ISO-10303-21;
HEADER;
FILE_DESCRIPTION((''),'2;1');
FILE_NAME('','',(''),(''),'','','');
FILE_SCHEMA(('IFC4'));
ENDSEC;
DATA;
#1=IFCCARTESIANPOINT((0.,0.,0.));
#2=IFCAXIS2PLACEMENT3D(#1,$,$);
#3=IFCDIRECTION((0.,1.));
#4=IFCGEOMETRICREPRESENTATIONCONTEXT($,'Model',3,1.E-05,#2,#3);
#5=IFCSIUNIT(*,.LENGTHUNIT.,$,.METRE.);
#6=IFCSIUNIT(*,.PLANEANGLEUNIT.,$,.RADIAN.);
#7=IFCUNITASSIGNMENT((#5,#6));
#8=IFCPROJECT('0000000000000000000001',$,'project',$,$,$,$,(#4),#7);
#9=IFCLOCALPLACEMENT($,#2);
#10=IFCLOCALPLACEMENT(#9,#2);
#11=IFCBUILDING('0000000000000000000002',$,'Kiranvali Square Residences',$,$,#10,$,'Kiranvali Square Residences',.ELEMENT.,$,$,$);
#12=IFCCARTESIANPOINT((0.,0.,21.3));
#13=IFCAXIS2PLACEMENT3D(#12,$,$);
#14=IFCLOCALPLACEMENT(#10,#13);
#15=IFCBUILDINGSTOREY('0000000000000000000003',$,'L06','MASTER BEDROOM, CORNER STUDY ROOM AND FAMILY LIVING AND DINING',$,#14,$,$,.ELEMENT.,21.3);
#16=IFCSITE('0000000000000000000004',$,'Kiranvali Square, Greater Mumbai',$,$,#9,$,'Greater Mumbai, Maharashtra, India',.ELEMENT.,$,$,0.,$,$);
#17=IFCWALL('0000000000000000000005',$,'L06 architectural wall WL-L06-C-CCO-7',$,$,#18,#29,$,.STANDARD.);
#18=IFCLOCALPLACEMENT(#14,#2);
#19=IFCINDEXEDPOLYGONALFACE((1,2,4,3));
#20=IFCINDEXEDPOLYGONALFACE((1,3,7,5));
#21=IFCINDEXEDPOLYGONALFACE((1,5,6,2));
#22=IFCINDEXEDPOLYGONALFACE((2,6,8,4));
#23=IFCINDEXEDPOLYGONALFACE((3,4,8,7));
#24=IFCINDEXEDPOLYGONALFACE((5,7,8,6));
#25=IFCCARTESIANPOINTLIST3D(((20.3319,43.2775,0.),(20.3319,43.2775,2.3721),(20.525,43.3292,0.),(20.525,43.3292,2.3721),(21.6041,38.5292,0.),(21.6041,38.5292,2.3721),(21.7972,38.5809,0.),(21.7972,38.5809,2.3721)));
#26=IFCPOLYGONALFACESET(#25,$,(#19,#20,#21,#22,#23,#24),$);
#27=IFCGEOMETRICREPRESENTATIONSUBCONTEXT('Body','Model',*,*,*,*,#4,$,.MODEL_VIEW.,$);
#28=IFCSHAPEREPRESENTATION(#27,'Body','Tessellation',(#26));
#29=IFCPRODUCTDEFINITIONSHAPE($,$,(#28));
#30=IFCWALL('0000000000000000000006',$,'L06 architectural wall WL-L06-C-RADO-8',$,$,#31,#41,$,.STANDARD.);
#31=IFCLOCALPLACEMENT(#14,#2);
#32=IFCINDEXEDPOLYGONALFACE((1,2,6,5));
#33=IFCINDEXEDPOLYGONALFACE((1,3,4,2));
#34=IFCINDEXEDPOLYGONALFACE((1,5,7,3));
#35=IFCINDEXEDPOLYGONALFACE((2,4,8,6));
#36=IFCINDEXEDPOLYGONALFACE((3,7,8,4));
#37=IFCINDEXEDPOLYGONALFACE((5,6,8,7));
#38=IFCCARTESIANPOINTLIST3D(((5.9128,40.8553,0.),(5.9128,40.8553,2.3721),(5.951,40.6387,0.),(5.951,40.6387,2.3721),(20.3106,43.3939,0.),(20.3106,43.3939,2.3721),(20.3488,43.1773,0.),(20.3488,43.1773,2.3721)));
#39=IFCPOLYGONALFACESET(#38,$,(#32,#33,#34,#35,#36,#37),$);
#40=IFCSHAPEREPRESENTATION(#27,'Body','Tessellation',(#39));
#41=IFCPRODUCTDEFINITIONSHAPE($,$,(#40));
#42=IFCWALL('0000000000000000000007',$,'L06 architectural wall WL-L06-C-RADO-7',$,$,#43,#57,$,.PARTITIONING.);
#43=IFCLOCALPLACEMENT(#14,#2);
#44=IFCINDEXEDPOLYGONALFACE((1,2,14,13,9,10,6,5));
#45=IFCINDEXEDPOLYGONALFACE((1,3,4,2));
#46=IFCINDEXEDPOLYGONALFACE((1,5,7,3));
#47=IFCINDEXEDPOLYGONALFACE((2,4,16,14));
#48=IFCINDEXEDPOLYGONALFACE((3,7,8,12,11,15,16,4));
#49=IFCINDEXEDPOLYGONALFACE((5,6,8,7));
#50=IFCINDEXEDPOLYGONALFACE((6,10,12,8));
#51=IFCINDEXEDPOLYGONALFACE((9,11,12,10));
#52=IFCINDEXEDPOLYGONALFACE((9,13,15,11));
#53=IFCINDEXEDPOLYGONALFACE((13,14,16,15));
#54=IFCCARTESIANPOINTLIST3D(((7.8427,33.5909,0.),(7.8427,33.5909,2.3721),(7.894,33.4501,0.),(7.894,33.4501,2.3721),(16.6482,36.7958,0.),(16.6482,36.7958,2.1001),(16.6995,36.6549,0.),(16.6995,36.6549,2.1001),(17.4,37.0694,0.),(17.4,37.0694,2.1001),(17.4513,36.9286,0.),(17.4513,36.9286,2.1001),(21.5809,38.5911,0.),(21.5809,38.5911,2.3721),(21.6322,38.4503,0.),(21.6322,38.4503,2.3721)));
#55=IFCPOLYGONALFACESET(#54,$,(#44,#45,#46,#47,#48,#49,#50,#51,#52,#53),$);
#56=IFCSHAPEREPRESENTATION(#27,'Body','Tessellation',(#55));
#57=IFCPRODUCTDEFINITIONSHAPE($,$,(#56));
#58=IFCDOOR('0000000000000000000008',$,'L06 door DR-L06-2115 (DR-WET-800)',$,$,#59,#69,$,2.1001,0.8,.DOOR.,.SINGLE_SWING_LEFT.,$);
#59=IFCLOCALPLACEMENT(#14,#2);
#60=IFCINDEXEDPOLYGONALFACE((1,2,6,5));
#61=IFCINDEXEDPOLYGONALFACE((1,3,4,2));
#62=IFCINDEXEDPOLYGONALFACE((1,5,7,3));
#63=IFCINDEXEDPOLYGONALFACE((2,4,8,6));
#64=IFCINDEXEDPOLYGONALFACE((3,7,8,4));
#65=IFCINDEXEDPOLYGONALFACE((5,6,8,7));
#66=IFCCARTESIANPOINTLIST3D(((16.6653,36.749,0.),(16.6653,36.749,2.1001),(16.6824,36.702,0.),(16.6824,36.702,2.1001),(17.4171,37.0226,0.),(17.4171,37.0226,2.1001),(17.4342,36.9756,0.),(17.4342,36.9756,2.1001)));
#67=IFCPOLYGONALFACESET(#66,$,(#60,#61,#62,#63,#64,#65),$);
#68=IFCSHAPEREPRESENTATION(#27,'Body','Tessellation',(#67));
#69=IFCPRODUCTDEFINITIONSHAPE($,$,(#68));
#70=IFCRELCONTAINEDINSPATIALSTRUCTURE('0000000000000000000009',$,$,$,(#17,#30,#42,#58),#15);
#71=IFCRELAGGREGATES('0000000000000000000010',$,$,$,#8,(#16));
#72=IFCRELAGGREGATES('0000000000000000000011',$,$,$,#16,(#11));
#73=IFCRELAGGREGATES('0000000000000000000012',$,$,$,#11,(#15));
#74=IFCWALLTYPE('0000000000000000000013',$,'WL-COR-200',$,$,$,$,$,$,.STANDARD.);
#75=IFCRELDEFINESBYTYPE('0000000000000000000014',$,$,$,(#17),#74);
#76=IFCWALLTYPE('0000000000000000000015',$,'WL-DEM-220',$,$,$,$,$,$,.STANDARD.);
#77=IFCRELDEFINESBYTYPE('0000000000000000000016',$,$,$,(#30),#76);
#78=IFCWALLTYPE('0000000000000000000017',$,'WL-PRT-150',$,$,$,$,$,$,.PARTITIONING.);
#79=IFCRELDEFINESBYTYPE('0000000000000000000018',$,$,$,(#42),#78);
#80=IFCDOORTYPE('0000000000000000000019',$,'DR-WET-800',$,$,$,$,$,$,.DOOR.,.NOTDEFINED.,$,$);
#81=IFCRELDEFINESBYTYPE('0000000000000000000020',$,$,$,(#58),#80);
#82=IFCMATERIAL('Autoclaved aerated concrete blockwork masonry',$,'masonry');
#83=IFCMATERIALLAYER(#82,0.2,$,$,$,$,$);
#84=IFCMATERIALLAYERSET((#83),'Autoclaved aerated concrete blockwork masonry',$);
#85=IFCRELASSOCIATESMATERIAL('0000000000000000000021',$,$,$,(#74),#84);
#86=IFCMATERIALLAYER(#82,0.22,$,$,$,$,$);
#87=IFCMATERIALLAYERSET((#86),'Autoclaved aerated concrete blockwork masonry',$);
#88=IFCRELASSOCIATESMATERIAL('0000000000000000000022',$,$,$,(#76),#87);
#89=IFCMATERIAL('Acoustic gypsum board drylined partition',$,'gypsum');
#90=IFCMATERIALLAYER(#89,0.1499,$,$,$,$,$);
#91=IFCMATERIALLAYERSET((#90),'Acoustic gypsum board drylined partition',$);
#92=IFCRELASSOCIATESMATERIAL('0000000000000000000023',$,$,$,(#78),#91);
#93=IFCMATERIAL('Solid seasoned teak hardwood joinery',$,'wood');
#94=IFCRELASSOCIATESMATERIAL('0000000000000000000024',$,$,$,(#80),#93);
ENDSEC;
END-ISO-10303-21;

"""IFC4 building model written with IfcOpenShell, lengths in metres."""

from ifc_helpers import new_model, si_unit, direction, frame, frame_2d, origin, place, context, subcontext, project, spatial, rectangle, extrude, material, layer, layer_set, type_object, element, fill, save


model = new_model("IFC4")

# Units and contexts
model_context = context("Model", 3, precision=1e-05, world=origin(), true_north=direction((0.0, 1.0)))
body_context = subcontext(model_context, "Body", "Model", "MODEL_VIEW")
ifc_project = project(units=[si_unit("LENGTHUNIT", "METRE"), si_unit("PLANEANGLEUNIT", "RADIAN")], contexts=[model_context])

# Site, building, storey
site_placement = place(None, origin())
site = spatial("IfcSite", under=ifc_project, at=site_placement, Name="Kiranvali Square, Greater Mumbai", LongName="Greater Mumbai, Maharashtra, India", CompositionType="ELEMENT", RefElevation=0.0)
building_placement = place(site_placement, origin())
building = spatial("IfcBuilding", under=site, at=building_placement, Name="Kiranvali Square Residences", LongName="Kiranvali Square Residences", CompositionType="ELEMENT")
storey_placement = place(building_placement, frame((0.0, 0.0, 21.3)))
storey = spatial("IfcBuildingStorey", under=building, at=storey_placement, Name="L06", Description="MASTER BEDROOM, CORNER STUDY ROOM AND FAMILY LIVING AND DINING", CompositionType="ELEMENT", Elevation=21.3)

# Wall
ifc_material_1 = material(Name="Autoclaved aerated concrete blockwork masonry", Category="masonry")
ifc_layer_1 = layer(ifc_material_1, 0.2)
ifc_layer_set_1 = layer_set([ifc_layer_1], Name="Autoclaved aerated concrete blockwork masonry")
wall_type_1 = type_object("IfcWallType", Name="WL-COR-200", PredefinedType="STANDARD", material=ifc_layer_set_1)
wall_1_placement = place(storey_placement, frame((21.7007, 38.5549, 0.0), z_axis=(0.0, 0.0, 1.0), x_axis=(-0.258803, 0.96593, 0.0)))
element("IfcWall", 1, at=wall_1_placement, inside=storey, type_object=wall_type_1, Name="L06 architectural wall WL-L06-C-CCO-7", PredefinedType="STANDARD", context=body_context, shape_type="SweptSolid", body=[
    extrude(rectangle(XDim=4.9158, YDim=0.2, at=frame_2d((2.458, 0.0))), origin(), (0.0, 0.0, 1.0), 2.3721),
])

# Wall
ifc_layer_2 = layer(ifc_material_1, 0.22)
ifc_layer_set_2 = layer_set([ifc_layer_2], Name="Autoclaved aerated concrete blockwork masonry")
wall_type_2 = type_object("IfcWallType", Name="WL-DEM-220", PredefinedType="STANDARD", material=ifc_layer_set_2)
wall_2_placement = place(storey_placement, frame((20.3298, 43.2856, 0.0), z_axis=(0.0, 0.0, 1.0), x_axis=(-0.984809, -0.17364, 0.0)))
element("IfcWall", 2, at=wall_2_placement, inside=storey, type_object=wall_type_2, Name="L06 architectural wall WL-L06-C-RADO-8", PredefinedType="STANDARD", context=body_context, shape_type="SweptSolid", body=[
    extrude(rectangle(XDim=14.6199, YDim=0.22, at=frame_2d((7.3101, 0.0))), origin(), (0.0, 0.0, 1.0), 2.3721),
])

# Wall, opening, door
ifc_material_2 = material(Name="Acoustic gypsum board drylined partition", Category="gypsum")
ifc_layer_3 = layer(ifc_material_2, 0.1499)
ifc_layer_set_3 = layer_set([ifc_layer_3], Name="Acoustic gypsum board drylined partition")
wall_type_3 = type_object("IfcWallType", Name="WL-PRT-150", PredefinedType="PARTITIONING", material=ifc_layer_set_3)
wall_3_placement = place(storey_placement, frame((21.6067, 38.5208, 0.0), z_axis=(0.0, 0.0, 1.0), x_axis=(-0.939694, -0.342015, 0.0)))
wall_3 = element("IfcWall", 3, at=wall_3_placement, inside=storey, type_object=wall_type_3, Name="L06 architectural wall WL-L06-C-RADO-7", PredefinedType="PARTITIONING", context=body_context, shape_type="SweptSolid", body=[
    extrude(rectangle(XDim=14.6199, YDim=0.1499, at=frame_2d((7.3101, 0.0))), origin(), (0.0, 0.0, 1.0), 2.3721),
])
opening_1_placement = place(wall_3_placement, frame((4.4495, 0.0, 0.0)))
opening_1 = element("IfcOpeningElement", 4, at=opening_1_placement, cuts=wall_3, PredefinedType="OPENING", context=body_context, shape_type="SweptSolid", body=[
    extrude(rectangle(XDim=0.8, YDim=2.1001, at=frame_2d((0.3999, 1.05))), frame((0.0, 0.085, 0.0), z_axis=(0.0, -1.0, 0.0), x_axis=(1.0, 0.0, 0.0)), (0.0, 0.0, 1.0), 0.1699),
])
ifc_material_3 = material(Name="Solid seasoned teak hardwood joinery", Category="wood")
door_type_1 = type_object("IfcDoorType", Name="DR-WET-800", OperationType="NOTDEFINED", PredefinedType="DOOR", material=ifc_material_3)
door_1_placement = place(opening_1_placement, origin())
door_1 = element("IfcDoor", 5, at=door_1_placement, inside=storey, type_object=door_type_1, Name="L06 door DR-L06-2115 (DR-WET-800)", OperationType="SINGLE_SWING_LEFT", OverallHeight=2.1001, OverallWidth=0.8, PredefinedType="DOOR", context=body_context, shape_type="SweptSolid", body=[
    extrude(rectangle(XDim=0.8, YDim=2.1001, at=frame_2d((0.3999, 1.05))), frame((0.0, 0.0249, 0.0), z_axis=(0.0, -1.0, 0.0), x_axis=(1.0, 0.0, 0.0)), (0.0, 0.0, 1.0), 0.05),
])
fill(opening_1, door_1)

save(model, "model.ifc")
